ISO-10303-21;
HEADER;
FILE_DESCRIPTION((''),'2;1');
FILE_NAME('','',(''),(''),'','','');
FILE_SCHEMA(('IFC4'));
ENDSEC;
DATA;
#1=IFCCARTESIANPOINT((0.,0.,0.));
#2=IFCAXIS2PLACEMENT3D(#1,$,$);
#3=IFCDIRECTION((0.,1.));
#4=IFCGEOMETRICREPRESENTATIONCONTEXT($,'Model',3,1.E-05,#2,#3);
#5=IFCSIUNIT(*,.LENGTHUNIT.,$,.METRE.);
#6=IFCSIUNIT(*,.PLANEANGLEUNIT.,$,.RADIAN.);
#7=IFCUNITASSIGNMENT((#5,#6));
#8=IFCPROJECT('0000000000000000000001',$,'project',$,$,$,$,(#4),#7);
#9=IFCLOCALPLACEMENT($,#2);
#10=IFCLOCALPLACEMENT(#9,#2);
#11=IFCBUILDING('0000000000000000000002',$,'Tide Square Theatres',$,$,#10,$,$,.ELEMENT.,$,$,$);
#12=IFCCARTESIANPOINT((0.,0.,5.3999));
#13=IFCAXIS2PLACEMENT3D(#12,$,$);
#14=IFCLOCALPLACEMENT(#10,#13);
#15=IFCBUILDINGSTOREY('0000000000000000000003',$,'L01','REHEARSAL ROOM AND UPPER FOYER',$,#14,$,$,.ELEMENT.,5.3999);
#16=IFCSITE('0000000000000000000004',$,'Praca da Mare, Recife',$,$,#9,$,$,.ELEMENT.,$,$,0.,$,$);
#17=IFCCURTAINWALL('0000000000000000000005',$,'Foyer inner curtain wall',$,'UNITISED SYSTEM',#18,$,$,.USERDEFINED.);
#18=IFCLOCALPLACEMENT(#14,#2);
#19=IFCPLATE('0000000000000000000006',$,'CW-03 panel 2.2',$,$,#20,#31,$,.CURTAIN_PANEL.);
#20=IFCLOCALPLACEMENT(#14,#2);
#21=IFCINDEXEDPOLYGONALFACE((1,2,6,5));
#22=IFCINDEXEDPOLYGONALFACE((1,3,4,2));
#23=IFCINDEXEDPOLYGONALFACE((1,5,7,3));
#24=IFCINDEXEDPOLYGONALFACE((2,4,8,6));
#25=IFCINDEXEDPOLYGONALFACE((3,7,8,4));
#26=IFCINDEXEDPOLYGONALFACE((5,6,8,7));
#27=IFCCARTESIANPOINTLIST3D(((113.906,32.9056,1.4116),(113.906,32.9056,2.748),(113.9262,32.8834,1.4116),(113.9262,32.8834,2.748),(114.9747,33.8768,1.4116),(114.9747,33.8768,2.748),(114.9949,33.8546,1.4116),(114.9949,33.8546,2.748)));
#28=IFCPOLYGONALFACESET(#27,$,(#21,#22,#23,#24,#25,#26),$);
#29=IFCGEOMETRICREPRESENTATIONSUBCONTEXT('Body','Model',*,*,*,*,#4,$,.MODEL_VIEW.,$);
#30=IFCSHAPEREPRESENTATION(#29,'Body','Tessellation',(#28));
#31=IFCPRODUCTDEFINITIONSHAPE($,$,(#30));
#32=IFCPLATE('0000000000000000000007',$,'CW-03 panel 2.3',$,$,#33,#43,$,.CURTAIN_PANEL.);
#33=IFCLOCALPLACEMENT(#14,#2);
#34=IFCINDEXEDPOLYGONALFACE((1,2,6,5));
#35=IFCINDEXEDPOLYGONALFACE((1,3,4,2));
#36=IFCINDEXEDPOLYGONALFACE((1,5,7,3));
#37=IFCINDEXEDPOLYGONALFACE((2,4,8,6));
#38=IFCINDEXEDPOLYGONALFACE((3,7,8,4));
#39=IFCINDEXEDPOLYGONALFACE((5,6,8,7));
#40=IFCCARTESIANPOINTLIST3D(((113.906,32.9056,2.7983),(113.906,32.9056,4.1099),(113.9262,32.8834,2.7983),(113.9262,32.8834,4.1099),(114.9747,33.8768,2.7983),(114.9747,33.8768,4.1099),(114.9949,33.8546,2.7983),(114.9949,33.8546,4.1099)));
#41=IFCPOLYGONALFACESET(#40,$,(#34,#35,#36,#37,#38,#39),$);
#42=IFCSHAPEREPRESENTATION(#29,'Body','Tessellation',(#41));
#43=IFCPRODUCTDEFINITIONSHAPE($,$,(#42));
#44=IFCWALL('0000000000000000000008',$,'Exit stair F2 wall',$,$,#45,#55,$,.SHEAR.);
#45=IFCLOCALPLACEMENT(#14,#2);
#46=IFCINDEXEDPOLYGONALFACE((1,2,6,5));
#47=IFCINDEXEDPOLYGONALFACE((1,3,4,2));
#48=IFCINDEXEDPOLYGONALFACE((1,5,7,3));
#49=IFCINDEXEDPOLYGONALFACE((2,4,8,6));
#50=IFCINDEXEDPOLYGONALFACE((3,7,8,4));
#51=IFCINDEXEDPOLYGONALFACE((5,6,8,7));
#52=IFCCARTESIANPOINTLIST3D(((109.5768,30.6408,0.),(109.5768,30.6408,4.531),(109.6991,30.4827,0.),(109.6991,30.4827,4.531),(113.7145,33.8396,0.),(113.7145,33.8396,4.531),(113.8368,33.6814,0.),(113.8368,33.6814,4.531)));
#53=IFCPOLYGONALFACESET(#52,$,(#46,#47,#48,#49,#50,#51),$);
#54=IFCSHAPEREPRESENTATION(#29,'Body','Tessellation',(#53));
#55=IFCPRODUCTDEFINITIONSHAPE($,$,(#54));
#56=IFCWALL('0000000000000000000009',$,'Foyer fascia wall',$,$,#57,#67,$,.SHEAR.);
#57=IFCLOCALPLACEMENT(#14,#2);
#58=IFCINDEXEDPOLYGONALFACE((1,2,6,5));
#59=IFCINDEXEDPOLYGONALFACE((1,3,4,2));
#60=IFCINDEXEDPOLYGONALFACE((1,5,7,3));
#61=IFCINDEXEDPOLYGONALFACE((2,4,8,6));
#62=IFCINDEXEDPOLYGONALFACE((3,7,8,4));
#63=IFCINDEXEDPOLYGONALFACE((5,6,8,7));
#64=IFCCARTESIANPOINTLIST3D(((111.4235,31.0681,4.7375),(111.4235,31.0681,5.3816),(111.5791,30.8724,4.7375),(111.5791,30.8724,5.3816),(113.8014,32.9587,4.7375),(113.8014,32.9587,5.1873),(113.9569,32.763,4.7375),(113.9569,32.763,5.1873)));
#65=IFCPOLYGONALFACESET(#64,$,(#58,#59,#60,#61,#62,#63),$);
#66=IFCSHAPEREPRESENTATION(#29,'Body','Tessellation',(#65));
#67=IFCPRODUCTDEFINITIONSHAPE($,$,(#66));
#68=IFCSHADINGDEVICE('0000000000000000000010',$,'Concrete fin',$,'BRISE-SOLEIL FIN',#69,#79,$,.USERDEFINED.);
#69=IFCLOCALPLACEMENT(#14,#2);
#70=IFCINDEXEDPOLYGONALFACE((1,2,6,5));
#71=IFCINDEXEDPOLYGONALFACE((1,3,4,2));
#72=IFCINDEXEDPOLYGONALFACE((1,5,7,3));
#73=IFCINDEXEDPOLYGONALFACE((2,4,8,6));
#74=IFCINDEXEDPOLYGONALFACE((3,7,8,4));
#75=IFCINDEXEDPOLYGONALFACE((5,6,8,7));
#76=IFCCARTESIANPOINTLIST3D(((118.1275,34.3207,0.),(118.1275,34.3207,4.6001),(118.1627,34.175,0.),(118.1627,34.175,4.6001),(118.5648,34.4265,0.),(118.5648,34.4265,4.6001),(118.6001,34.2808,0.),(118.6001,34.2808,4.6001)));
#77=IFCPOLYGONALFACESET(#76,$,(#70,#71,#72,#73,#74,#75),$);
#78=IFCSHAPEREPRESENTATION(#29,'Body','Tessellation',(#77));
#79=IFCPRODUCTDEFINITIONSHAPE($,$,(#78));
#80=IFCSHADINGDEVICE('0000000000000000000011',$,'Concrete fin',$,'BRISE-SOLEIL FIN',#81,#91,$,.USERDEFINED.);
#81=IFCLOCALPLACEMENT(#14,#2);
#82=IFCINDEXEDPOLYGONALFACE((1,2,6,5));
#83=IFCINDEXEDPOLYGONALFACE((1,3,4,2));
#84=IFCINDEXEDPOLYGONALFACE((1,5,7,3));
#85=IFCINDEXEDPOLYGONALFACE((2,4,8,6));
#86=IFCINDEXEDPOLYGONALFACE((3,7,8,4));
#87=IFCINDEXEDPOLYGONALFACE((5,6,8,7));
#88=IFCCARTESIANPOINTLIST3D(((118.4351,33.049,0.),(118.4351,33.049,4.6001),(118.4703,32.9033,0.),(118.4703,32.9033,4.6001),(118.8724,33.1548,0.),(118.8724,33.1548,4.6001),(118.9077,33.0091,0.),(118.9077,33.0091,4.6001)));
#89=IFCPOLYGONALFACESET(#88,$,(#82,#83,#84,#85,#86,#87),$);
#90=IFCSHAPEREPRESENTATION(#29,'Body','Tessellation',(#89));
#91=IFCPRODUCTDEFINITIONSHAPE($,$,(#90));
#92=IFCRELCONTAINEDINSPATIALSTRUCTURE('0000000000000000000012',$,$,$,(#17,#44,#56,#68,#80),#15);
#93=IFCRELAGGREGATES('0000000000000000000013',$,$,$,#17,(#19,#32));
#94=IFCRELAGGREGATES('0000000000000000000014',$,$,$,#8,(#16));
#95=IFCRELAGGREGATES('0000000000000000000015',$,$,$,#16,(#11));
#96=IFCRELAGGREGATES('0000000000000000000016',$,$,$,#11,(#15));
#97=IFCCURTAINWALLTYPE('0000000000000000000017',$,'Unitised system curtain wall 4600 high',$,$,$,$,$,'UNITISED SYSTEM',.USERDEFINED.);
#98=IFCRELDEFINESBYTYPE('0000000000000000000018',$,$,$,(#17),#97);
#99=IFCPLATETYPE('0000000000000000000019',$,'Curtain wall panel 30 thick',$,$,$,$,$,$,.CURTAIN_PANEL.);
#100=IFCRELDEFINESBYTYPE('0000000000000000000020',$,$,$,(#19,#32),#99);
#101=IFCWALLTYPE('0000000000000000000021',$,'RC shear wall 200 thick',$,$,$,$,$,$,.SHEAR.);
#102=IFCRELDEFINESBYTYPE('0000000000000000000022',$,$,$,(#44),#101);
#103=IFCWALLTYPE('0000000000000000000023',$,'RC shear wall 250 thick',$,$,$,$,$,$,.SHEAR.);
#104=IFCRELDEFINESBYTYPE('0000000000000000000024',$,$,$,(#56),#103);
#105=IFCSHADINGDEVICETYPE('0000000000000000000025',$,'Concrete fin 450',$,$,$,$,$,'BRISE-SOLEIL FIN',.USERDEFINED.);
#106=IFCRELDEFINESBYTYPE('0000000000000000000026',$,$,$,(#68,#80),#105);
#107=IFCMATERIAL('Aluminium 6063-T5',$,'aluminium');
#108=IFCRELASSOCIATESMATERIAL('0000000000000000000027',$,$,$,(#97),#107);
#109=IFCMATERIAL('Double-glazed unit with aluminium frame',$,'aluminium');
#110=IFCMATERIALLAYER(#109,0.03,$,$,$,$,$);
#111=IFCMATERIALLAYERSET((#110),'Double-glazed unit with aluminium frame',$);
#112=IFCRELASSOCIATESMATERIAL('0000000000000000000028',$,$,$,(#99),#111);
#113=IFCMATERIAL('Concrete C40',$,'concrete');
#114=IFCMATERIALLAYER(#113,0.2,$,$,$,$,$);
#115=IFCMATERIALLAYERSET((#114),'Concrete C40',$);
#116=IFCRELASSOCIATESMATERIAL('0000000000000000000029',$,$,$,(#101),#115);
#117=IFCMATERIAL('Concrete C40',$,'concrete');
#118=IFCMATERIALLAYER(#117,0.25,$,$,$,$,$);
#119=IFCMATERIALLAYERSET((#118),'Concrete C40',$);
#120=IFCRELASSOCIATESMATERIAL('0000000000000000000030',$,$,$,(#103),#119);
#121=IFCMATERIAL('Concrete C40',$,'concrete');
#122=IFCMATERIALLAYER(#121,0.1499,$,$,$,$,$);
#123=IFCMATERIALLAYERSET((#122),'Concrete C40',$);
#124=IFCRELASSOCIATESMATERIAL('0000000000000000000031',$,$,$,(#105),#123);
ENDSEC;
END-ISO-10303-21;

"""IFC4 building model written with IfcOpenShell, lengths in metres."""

from ifc_helpers import new_model, si_unit, direction, frame, frame_2d, origin, origin_2d, place, context, subcontext, project, spatial, polyline, rectangle, outline, extrude, material, layer, layer_set, type_object, element, aggregate, save


model = new_model("IFC4")

# Units and contexts
model_context = context("Model", 3, precision=1e-05, world=origin(), true_north=direction((0.0, 1.0)))
body_context = subcontext(model_context, "Body", "Model", "MODEL_VIEW")
ifc_project = project(units=[si_unit("LENGTHUNIT", "METRE"), si_unit("PLANEANGLEUNIT", "RADIAN")], contexts=[model_context])

# Site, building, storey
site_placement = place(None, origin())
site = spatial("IfcSite", under=ifc_project, at=site_placement, Name="Praca da Mare, Recife", CompositionType="ELEMENT", RefElevation=0.0)
building_placement = place(site_placement, origin())
building = spatial("IfcBuilding", under=site, at=building_placement, Name="Tide Square Theatres", CompositionType="ELEMENT")
storey_placement = place(building_placement, frame((0.0, 0.0, 5.3999)))
storey = spatial("IfcBuildingStorey", under=building, at=storey_placement, Name="L01", Description="REHEARSAL ROOM AND UPPER FOYER", CompositionType="ELEMENT", Elevation=5.3999)

# Curtain wall
ifc_material_1 = material(Name="Aluminium 6063-T5", Category="aluminium")
curtain_wall_type = type_object("IfcCurtainWallType", Name="Unitised system curtain wall 4600 high", ElementType="UNITISED SYSTEM", PredefinedType="USERDEFINED", material=ifc_material_1)
curtain_wall_placement = place(storey_placement, origin())
curtain_wall = element("IfcCurtainWall", 1, at=curtain_wall_placement, inside=storey, type_object=curtain_wall_type, Name="Foyer inner curtain wall", ObjectType="UNITISED SYSTEM", PredefinedType="USERDEFINED")

# Plates
ifc_material_2 = material(Name="Double-glazed unit with aluminium frame", Category="aluminium")
ifc_layer_1 = layer(ifc_material_2, 0.03)
ifc_layer_set_1 = layer_set([ifc_layer_1], Name="Double-glazed unit with aluminium frame")
plate_type = type_object("IfcPlateType", Name="Curtain wall panel 30 thick", PredefinedType="CURTAIN_PANEL", material=ifc_layer_set_1)
plate_1_placement = place(storey_placement, frame((114.4504, 33.3801, 1.4116), z_axis=(0.0, 0.0, 1.0), x_axis=(-0.740073, -0.672527, 0.0)))
plate_1 = element("IfcPlate", 2, at=plate_1_placement, type_object=plate_type, Name="CW-03 panel 2.2", PredefinedType="CURTAIN_PANEL", context=body_context, shape_type="SweptSolid", body=[
    extrude(rectangle(XDim=1.4441, YDim=0.03, at=origin_2d()), origin(), (0.0, 0.0, 1.0), 1.3364),
])
plate_2_placement = place(storey_placement, frame((114.4504, 33.3801, 2.7983), z_axis=(0.0, 0.0, 1.0), x_axis=(-0.740073, -0.672527, 0.0)))
plate_2 = element("IfcPlate", 3, at=plate_2_placement, type_object=plate_type, Name="CW-03 panel 2.3", PredefinedType="CURTAIN_PANEL", context=body_context, shape_type="SweptSolid", body=[
    extrude(rectangle(XDim=1.4441, YDim=0.03, at=origin_2d()), origin(), (0.0, 0.0, 1.0), 1.3115),
])
aggregate(curtain_wall, [plate_1, plate_2])

# Walls
ifc_material_3 = material(Name="Concrete C40", Category="concrete")
ifc_layer_2 = layer(ifc_material_3, 0.2)
ifc_layer_set_2 = layer_set([ifc_layer_2], Name="Concrete C40")
wall_type_1 = type_object("IfcWallType", Name="RC shear wall 200 thick", PredefinedType="SHEAR", material=ifc_layer_set_2)
wall_1_placement = place(storey_placement, frame((113.7756, 33.7605, 0.0), z_axis=(0.0, 0.0, 1.0), x_axis=(-0.791154, -0.611618, 0.0)))
element("IfcWall", 4, at=wall_1_placement, inside=storey, type_object=wall_type_1, Name="Exit stair F2 wall", PredefinedType="SHEAR", context=body_context, shape_type="SweptSolid", body=[
    extrude(rectangle(XDim=5.23, YDim=0.2, at=frame_2d((2.615, 0.0))), origin(), (0.0, 0.0, 1.0), 4.531),
])
ifc_material_4 = material(Name="Concrete C40", Category="concrete")
ifc_layer_3 = layer(ifc_material_4, 0.25)
ifc_layer_set_3 = layer_set([ifc_layer_3], Name="Concrete C40")
wall_type_2 = type_object("IfcWallType", Name="RC shear wall 250 thick", PredefinedType="SHEAR", material=ifc_layer_set_3)
wall_2_placement = place(storey_placement, frame((113.8792, 32.8608, 4.7375), z_axis=(0.0, 0.0, 1.0), x_axis=(-0.782747, -0.62234, 0.0)))
element("IfcWall", 5, at=wall_2_placement, inside=storey, type_object=wall_type_2, Name="Foyer fascia wall", PredefinedType="SHEAR", context=body_context, shape_type="SweptSolid", body=[
    extrude(outline(polyline([(0.0, 0.0), (3.0378, 0.0), (3.0378, 0.644), (0.0, 0.4497), (0.0, 0.0)])), frame((0.0, 0.125, 0.0), z_axis=(0.0, -1.0, 0.0), x_axis=(1.0, 0.0, 0.0)), (0.0, 0.0, 1.0), 0.25),
])

# Shading devices
ifc_material_5 = material(Name="Concrete C40", Category="concrete")
ifc_layer_4 = layer(ifc_material_5, 0.1499)
ifc_layer_set_4 = layer_set([ifc_layer_4], Name="Concrete C40")
shading_device_type = type_object("IfcShadingDeviceType", Name="Concrete fin 450", ElementType="BRISE-SOLEIL FIN", PredefinedType="USERDEFINED", material=ifc_layer_set_4)
for number, where, z_axis, x_axis, name in (
    (6, (118.3638, 34.3008, 0.0), (0.0, 0.0, 1.0), (0.235142, -0.971961, 0.0), "Concrete fin"),
    (7, (118.6714, 33.0291, 0.0), (0.0, 0.0, 1.0), (0.235142, -0.971961, 0.0), "Concrete fin"),
):
    element("IfcShadingDevice", number, at=place(storey_placement, frame(where, z_axis=z_axis, x_axis=x_axis)), inside=storey, type_object=shading_device_type, Name=name, ObjectType="BRISE-SOLEIL FIN", PredefinedType="USERDEFINED", context=body_context, shape_type="SweptSolid", body=[
        extrude(rectangle(XDim=0.1499, YDim=0.45, at=origin_2d()), origin(), (0.0, 0.0, 1.0), 4.6001),
    ])

save(model, "model.ifc")
